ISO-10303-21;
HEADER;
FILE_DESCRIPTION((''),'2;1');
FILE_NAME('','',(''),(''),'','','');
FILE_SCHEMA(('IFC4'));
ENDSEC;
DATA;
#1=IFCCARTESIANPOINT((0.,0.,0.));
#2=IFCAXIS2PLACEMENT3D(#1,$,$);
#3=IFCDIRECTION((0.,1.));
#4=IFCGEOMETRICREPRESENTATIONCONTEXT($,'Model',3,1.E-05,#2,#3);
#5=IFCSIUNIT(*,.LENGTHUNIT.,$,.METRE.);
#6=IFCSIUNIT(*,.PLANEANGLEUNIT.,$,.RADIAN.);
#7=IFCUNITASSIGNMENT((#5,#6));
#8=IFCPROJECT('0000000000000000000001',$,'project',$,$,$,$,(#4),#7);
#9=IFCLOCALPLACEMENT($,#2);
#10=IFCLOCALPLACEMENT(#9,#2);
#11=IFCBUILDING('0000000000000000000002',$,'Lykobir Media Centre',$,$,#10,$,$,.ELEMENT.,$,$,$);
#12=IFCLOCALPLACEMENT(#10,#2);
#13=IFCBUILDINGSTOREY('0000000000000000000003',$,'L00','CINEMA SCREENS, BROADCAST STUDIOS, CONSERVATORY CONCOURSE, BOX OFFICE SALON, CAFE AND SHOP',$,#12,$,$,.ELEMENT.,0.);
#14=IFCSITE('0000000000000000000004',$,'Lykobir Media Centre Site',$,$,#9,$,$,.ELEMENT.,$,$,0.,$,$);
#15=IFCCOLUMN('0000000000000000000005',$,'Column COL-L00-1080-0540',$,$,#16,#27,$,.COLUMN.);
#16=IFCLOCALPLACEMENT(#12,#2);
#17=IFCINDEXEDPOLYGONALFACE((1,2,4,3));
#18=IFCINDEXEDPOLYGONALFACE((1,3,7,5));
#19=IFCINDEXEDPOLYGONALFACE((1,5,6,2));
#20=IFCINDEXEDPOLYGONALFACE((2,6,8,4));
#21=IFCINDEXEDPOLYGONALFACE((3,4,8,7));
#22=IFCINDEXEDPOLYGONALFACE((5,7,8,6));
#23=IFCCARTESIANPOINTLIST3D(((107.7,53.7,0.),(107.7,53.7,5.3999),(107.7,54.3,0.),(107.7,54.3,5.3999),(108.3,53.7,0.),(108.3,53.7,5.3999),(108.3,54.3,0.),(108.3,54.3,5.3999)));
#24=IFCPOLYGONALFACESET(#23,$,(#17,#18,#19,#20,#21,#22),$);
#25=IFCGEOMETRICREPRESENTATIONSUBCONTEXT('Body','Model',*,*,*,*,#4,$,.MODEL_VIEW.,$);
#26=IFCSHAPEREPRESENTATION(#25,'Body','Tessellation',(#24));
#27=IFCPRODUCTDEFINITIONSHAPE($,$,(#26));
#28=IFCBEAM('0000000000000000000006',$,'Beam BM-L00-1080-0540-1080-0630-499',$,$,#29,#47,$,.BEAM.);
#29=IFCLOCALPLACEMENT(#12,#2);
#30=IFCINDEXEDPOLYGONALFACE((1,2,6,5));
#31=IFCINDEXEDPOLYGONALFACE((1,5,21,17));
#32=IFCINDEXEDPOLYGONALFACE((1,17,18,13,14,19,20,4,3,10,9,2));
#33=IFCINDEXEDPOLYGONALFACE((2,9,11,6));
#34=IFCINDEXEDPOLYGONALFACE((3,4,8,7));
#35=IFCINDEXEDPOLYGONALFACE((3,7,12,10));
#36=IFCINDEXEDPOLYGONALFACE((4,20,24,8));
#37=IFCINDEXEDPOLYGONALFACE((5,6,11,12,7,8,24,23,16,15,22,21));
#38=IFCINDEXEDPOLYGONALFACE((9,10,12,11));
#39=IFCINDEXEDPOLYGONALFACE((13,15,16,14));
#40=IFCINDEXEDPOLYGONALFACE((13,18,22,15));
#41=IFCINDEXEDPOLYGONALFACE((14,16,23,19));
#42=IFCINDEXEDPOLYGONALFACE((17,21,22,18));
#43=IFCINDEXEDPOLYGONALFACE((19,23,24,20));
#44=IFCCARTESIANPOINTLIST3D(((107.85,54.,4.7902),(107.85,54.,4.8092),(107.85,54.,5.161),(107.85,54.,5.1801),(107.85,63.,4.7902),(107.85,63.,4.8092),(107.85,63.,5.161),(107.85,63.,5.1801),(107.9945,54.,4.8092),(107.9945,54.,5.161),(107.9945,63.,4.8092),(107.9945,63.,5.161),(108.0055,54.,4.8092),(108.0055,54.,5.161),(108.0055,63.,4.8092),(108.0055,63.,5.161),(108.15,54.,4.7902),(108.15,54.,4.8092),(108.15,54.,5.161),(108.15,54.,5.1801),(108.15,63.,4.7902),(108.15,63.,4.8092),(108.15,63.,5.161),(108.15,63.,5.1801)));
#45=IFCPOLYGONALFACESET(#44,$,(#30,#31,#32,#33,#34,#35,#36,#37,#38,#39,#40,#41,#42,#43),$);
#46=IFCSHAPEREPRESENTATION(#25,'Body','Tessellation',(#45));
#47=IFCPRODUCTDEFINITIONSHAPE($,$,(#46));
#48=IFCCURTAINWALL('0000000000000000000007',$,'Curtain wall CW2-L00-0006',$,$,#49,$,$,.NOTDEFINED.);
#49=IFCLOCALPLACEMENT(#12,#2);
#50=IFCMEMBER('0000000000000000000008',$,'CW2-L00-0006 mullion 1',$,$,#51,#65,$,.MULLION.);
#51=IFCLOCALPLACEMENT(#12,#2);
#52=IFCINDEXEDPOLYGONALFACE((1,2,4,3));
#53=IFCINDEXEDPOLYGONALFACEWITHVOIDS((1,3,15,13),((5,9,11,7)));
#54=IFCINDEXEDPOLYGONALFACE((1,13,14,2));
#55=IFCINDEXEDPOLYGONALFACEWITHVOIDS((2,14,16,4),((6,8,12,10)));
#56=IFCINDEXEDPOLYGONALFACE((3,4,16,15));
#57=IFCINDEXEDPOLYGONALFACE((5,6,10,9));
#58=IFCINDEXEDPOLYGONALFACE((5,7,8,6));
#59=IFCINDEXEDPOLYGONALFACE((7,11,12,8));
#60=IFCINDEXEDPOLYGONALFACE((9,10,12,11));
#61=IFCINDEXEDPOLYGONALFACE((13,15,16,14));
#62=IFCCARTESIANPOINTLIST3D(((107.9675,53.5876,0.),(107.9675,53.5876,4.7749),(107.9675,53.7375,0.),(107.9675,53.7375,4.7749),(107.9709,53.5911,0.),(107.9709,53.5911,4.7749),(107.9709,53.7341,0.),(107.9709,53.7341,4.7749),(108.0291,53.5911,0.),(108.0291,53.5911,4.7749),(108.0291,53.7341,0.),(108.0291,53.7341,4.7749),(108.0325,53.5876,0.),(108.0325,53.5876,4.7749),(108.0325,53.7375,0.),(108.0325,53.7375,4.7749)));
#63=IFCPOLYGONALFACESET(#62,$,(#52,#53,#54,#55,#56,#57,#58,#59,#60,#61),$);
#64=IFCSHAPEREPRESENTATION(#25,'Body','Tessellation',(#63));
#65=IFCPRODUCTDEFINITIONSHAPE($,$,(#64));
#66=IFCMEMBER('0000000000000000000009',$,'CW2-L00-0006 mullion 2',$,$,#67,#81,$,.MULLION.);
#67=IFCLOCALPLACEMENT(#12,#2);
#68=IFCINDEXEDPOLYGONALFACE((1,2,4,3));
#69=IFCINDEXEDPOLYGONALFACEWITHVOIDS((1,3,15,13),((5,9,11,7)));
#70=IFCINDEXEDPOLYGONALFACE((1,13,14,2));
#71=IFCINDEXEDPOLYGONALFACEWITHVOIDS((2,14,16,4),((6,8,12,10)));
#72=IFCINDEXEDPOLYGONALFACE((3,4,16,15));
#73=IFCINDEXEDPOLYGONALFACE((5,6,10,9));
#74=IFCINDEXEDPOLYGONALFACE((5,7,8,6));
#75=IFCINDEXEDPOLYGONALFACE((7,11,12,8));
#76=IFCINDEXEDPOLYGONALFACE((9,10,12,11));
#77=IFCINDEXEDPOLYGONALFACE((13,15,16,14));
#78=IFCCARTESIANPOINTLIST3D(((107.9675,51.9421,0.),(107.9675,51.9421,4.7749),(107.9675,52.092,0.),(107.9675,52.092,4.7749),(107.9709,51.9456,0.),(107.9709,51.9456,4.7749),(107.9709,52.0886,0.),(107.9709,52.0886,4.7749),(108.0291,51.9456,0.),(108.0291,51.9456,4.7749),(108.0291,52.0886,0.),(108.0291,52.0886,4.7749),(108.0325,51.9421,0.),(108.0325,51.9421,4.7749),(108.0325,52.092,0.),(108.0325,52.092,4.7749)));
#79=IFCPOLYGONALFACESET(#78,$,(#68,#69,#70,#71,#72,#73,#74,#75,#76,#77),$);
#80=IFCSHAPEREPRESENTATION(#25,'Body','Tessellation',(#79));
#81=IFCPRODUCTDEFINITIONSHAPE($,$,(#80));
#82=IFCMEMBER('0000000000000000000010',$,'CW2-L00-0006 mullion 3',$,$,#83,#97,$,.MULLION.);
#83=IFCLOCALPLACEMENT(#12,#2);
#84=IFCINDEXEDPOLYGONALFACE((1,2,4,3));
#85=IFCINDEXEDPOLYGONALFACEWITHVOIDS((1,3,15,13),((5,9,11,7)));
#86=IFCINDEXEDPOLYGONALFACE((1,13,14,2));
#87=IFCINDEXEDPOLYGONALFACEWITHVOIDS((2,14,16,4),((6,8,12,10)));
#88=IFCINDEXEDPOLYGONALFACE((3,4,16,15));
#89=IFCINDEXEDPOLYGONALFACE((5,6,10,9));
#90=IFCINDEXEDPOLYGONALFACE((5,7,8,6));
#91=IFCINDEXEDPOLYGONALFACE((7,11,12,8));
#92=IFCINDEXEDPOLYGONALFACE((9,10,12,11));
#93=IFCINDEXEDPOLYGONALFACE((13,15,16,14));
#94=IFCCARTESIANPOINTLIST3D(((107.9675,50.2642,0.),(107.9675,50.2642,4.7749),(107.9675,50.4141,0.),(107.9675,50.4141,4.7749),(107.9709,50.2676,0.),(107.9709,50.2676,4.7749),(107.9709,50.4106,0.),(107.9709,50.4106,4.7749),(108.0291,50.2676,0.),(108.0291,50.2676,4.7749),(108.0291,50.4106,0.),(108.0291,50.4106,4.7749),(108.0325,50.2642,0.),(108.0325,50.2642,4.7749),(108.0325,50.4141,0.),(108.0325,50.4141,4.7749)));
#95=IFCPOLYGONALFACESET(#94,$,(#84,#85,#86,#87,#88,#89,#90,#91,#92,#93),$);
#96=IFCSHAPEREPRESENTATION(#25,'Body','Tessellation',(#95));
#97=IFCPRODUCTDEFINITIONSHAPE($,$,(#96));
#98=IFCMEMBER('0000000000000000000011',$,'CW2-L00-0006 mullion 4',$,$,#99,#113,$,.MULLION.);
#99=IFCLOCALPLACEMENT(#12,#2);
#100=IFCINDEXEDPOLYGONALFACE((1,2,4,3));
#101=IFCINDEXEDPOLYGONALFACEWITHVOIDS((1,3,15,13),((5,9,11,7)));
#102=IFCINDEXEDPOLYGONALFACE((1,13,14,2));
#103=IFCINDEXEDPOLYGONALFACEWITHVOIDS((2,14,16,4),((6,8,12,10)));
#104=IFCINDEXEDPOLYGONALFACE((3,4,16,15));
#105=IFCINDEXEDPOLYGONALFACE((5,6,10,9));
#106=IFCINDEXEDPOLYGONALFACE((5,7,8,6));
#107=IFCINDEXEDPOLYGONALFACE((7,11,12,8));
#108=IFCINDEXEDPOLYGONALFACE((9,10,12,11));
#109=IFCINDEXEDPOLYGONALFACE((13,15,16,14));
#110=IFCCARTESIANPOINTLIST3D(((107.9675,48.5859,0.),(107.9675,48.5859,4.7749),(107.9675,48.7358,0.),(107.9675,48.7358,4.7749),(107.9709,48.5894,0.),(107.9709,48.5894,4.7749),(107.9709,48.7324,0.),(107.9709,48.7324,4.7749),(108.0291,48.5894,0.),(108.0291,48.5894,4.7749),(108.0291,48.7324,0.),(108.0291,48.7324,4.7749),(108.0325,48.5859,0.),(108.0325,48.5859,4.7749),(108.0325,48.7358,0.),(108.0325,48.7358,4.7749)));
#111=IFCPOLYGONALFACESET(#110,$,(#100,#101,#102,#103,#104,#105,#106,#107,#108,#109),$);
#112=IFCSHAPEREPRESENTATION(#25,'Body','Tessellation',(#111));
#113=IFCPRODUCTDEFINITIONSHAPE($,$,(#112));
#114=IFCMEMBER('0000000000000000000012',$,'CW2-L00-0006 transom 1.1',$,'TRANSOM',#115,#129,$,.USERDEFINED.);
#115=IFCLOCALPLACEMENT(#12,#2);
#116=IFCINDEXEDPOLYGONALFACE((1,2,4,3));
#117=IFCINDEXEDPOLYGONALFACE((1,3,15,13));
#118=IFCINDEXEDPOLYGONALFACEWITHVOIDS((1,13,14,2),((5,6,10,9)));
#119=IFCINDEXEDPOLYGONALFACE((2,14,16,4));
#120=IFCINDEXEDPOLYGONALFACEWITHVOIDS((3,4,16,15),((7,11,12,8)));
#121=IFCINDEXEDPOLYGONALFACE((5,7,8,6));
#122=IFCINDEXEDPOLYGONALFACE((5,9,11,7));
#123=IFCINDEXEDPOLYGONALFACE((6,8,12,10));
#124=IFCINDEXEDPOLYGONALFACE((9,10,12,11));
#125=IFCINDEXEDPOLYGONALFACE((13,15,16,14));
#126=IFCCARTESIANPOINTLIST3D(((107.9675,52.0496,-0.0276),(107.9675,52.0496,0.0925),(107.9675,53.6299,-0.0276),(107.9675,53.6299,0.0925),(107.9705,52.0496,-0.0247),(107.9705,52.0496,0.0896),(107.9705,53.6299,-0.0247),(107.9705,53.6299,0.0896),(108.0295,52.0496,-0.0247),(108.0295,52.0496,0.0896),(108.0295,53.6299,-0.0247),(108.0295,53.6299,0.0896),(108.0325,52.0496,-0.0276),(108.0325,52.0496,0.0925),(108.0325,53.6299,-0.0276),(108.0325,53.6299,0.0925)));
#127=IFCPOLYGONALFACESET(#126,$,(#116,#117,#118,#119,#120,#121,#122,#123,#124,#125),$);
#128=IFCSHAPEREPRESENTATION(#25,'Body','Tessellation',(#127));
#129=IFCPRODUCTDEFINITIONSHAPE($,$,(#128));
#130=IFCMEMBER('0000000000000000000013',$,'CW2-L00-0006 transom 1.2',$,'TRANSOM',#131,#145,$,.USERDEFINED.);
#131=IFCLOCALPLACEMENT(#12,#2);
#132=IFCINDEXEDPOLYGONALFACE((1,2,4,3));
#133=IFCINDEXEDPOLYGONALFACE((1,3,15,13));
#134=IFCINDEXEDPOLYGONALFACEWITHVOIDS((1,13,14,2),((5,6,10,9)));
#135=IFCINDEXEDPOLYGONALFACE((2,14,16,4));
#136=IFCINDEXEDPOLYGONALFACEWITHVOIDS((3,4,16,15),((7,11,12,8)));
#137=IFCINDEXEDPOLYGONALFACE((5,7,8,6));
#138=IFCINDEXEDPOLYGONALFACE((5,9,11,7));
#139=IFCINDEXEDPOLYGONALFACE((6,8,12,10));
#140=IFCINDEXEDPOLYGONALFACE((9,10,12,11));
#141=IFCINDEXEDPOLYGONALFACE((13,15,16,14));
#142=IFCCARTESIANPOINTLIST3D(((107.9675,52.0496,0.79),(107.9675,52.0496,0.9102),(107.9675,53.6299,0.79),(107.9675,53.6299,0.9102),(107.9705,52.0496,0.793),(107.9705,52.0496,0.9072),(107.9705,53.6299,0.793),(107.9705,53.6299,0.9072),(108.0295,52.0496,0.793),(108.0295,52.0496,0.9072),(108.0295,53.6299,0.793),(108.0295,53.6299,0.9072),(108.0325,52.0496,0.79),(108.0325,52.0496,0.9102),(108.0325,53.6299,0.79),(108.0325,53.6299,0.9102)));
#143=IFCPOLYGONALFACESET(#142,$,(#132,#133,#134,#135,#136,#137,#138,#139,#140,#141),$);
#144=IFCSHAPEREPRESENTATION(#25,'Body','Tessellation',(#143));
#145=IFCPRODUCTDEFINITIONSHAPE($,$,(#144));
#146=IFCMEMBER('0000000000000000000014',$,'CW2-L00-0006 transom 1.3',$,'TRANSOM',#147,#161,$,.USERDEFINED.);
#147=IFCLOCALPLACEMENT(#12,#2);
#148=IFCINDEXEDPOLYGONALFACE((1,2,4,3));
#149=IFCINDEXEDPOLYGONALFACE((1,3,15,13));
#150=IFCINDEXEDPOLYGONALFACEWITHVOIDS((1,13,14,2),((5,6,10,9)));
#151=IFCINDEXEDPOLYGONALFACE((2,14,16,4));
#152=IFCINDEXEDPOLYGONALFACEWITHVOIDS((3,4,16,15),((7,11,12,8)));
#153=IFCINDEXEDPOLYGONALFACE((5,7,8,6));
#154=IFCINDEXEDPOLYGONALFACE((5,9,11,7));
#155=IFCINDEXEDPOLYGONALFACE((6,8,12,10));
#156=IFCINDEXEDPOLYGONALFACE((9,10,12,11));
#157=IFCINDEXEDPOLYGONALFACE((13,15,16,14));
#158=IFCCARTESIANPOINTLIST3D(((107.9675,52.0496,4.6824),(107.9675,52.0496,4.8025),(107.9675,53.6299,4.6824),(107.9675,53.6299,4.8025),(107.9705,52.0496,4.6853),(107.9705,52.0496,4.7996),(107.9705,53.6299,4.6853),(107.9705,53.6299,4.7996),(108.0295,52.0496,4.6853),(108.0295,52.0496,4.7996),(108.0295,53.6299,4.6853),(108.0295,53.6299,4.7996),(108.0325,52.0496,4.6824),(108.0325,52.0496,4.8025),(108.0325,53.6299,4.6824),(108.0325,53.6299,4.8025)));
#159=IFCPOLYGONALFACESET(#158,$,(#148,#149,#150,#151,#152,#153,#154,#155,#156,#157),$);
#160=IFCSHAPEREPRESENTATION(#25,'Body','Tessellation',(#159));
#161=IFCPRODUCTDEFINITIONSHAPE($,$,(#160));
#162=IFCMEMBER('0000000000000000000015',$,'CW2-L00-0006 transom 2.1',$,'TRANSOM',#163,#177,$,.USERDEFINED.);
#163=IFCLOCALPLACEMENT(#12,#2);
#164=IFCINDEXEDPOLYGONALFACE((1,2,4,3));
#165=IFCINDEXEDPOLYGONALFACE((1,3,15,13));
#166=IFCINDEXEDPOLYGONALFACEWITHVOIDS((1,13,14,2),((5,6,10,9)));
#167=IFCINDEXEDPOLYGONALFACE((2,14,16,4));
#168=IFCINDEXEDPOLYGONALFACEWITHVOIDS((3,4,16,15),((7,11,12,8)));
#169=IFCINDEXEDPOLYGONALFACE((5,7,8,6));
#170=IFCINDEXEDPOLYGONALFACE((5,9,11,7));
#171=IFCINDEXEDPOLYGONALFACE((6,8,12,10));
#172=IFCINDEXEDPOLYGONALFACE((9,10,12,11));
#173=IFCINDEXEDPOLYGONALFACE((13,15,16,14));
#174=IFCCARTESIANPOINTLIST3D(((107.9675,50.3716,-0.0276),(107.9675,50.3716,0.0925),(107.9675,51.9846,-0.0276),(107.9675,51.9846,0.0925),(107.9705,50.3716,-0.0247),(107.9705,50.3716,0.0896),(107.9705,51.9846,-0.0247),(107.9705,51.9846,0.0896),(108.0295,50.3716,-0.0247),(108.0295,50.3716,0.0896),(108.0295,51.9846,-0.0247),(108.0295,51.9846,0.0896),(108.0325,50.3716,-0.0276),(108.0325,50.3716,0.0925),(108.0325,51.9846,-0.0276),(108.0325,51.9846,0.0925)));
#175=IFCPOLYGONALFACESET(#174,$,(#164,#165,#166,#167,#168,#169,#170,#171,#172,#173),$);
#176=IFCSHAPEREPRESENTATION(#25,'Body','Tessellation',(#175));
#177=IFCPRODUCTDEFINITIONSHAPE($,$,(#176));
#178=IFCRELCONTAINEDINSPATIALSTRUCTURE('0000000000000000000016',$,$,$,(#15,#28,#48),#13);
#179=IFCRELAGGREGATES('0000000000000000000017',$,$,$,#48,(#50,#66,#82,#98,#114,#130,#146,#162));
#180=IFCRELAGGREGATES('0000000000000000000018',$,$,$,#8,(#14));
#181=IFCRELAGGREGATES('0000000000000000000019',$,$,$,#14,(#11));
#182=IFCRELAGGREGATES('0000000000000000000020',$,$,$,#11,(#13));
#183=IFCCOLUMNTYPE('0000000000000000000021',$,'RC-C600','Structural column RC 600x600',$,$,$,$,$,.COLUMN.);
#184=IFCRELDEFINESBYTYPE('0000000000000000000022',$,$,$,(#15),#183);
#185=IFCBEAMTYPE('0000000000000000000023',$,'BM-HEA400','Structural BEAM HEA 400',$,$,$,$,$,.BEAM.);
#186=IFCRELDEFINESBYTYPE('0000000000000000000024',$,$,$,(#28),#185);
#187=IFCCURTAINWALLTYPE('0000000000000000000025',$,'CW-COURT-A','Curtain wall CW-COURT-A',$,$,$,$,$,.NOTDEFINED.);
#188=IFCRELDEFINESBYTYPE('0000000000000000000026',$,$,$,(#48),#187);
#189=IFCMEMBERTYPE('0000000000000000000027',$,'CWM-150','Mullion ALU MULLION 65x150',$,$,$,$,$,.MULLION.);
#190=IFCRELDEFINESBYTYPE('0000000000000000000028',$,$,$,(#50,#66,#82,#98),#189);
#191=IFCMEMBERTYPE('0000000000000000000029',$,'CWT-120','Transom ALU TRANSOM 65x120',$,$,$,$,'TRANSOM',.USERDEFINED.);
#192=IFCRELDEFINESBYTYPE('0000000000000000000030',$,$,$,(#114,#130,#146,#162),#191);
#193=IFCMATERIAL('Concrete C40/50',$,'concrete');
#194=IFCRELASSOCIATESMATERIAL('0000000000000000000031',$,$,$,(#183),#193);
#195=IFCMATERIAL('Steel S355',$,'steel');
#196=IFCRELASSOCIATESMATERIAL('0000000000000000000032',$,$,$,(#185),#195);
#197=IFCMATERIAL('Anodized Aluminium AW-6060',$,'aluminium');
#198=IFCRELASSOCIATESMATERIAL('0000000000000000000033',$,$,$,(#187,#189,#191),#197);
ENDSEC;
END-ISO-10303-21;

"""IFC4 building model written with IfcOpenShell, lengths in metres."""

from ifc_helpers import new_model, si_unit, direction, frame, origin, origin_2d, place, context, subcontext, project, spatial, rectangle, hollow_rectangle, i_section, extrude, material, material_profile, profile_set, type_object, element, aggregate, save


model = new_model("IFC4")

# Units and contexts
model_context = context("Model", 3, precision=1e-05, world=origin(), true_north=direction((0.0, 1.0)))
body_context = subcontext(model_context, "Body", "Model", "MODEL_VIEW")
ifc_project = project(units=[si_unit("LENGTHUNIT", "METRE"), si_unit("PLANEANGLEUNIT", "RADIAN")], contexts=[model_context])

# Site, building, storey
site_placement = place(None, origin())
site = spatial("IfcSite", under=ifc_project, at=site_placement, Name="Lykobir Media Centre Site", CompositionType="ELEMENT", RefElevation=0.0)
building_placement = place(site_placement, origin())
building = spatial("IfcBuilding", under=site, at=building_placement, Name="Lykobir Media Centre", CompositionType="ELEMENT")
storey_placement = place(building_placement, origin())
storey = spatial("IfcBuildingStorey", under=building, at=storey_placement, Name="L00", Description="CINEMA SCREENS, BROADCAST STUDIOS, CONSERVATORY CONCOURSE, BOX OFFICE SALON, CAFE AND SHOP", CompositionType="ELEMENT", Elevation=0.0)

# Column
ifc_material_1 = material(Name="Concrete C40/50", Category="concrete")
ifc_material_profile_1 = material_profile(ifc_material_1, rectangle(XDim=0.6001, YDim=0.6001, at=origin_2d()), Name="RC 600x600")
ifc_profile_set_1 = profile_set([ifc_material_profile_1], Name="Concrete C40/50")
column_type = type_object("IfcColumnType", Name="RC-C600", Description="Structural column RC 600x600", PredefinedType="COLUMN", material=ifc_profile_set_1)
column_placement = place(storey_placement, frame((108.0, 54.0, 0.0), z_axis=(0.0, 0.0, 1.0), x_axis=(1.0, 0.0, 0.0)))
element("IfcColumn", 1, at=column_placement, inside=storey, type_object=column_type, Name="Column COL-L00-1080-0540", PredefinedType="COLUMN", context=body_context, shape_type="SweptSolid", body=[
    extrude(rectangle(XDim=0.6001, YDim=0.6001, at=origin_2d()), origin(), (0.0, 0.0, 1.0), 5.3999),
])

# Beam
ifc_material_2 = material(Name="Steel S355", Category="steel")
ifc_material_profile_2 = material_profile(ifc_material_2, i_section(OverallWidth=0.3, OverallDepth=0.3899, WebThickness=0.011, FlangeThickness=0.019, at=origin_2d()), Name="HEA 400")
ifc_profile_set_2 = profile_set([ifc_material_profile_2], Name="Steel S355")
beam_type = type_object("IfcBeamType", Name="BM-HEA400", Description="Structural BEAM HEA 400", PredefinedType="BEAM", material=ifc_profile_set_2)
beam_placement = place(storey_placement, frame((108.0, 54.0, 4.9851), z_axis=(0.0, 1.0, 0.0), x_axis=(-1.0, 0.0, 0.0)))
element("IfcBeam", 2, at=beam_placement, inside=storey, type_object=beam_type, Name="Beam BM-L00-1080-0540-1080-0630-499", PredefinedType="BEAM", context=body_context, shape_type="SweptSolid", body=[
    extrude(i_section(OverallWidth=0.3, OverallDepth=0.3899, WebThickness=0.011, FlangeThickness=0.019, at=origin_2d()), origin(), (0.0, 0.0, 1.0), 9.0),
])

# Curtain wall, members
ifc_material_3 = material(Name="Anodized Aluminium AW-6060", Category="aluminium")
curtain_wall_type = type_object("IfcCurtainWallType", Name="CW-COURT-A", Description="Curtain wall CW-COURT-A", PredefinedType="NOTDEFINED", material=ifc_material_3)
curtain_wall_placement = place(storey_placement, origin())
curtain_wall = element("IfcCurtainWall", 3, at=curtain_wall_placement, inside=storey, type_object=curtain_wall_type, Name="Curtain wall CW2-L00-0006", PredefinedType="NOTDEFINED")
ifc_material_profile_3 = material_profile(ifc_material_3, hollow_rectangle(XDim=0.0649, YDim=0.1499, WallThickness=0.0034, at=origin_2d()), Name="ALU MULLION 65x150")
ifc_profile_set_3 = profile_set([ifc_material_profile_3], Name="Anodized Aluminium AW-6060")
member_type_1 = type_object("IfcMemberType", Name="CWM-150", Description="Mullion ALU MULLION 65x150", PredefinedType="MULLION", material=ifc_profile_set_3)
member_1_placement = place(storey_placement, frame((108.0, 53.6626, 0.0), z_axis=(0.0, 0.0, 1.0), x_axis=(1.0, 0.0, 0.0)))
member_1 = element("IfcMember", 4, at=member_1_placement, type_object=member_type_1, Name="CW2-L00-0006 mullion 1", PredefinedType="MULLION", context=body_context, shape_type="SweptSolid", body=[
    extrude(hollow_rectangle(XDim=0.0649, YDim=0.1499, WallThickness=0.0034, at=origin_2d()), origin(), (0.0, 0.0, 1.0), 4.7749),
])
member_2_placement = place(storey_placement, frame((108.0, 52.0171, 0.0), z_axis=(0.0, 0.0, 1.0), x_axis=(1.0, 0.0, 0.0)))
member_2 = element("IfcMember", 5, at=member_2_placement, type_object=member_type_1, Name="CW2-L00-0006 mullion 2", PredefinedType="MULLION", context=body_context, shape_type="SweptSolid", body=[
    extrude(hollow_rectangle(XDim=0.0649, YDim=0.1499, WallThickness=0.0034, at=origin_2d()), origin(), (0.0, 0.0, 1.0), 4.7749),
])
member_3_placement = place(storey_placement, frame((108.0, 50.3391, 0.0), z_axis=(0.0, 0.0, 1.0), x_axis=(1.0, 0.0, 0.0)))
member_3 = element("IfcMember", 6, at=member_3_placement, type_object=member_type_1, Name="CW2-L00-0006 mullion 3", PredefinedType="MULLION", context=body_context, shape_type="SweptSolid", body=[
    extrude(hollow_rectangle(XDim=0.0649, YDim=0.1499, WallThickness=0.0034, at=origin_2d()), origin(), (0.0, 0.0, 1.0), 4.7749),
])
member_4_placement = place(storey_placement, frame((108.0, 48.6609, 0.0), z_axis=(0.0, 0.0, 1.0), x_axis=(1.0, 0.0, 0.0)))
member_4 = element("IfcMember", 7, at=member_4_placement, type_object=member_type_1, Name="CW2-L00-0006 mullion 4", PredefinedType="MULLION", context=body_context, shape_type="SweptSolid", body=[
    extrude(hollow_rectangle(XDim=0.0649, YDim=0.1499, WallThickness=0.0034, at=origin_2d()), origin(), (0.0, 0.0, 1.0), 4.7749),
])
ifc_material_profile_4 = material_profile(ifc_material_3, hollow_rectangle(XDim=0.0649, YDim=0.1201, WallThickness=0.0029, at=origin_2d()), Name="ALU TRANSOM 65x120")
ifc_profile_set_4 = profile_set([ifc_material_profile_4], Name="Anodized Aluminium AW-6060")
member_type_2 = type_object("IfcMemberType", Name="CWT-120", Description="Transom ALU TRANSOM 65x120", ElementType="TRANSOM", PredefinedType="USERDEFINED", material=ifc_profile_set_4)
member_5_placement = place(storey_placement, frame((108.0, 53.6299, 0.0325), z_axis=(0.0, -1.0, 0.0), x_axis=(1.0, 0.0, 0.0)))
member_5 = element("IfcMember", 8, at=member_5_placement, type_object=member_type_2, Name="CW2-L00-0006 transom 1.1", ObjectType="TRANSOM", PredefinedType="USERDEFINED", context=body_context, shape_type="SweptSolid", body=[
    extrude(hollow_rectangle(XDim=0.0649, YDim=0.1201, WallThickness=0.0029, at=origin_2d()), origin(), (0.0, 0.0, 1.0), 1.5803),
])
member_6_placement = place(storey_placement, frame((108.0, 53.6299, 0.8501), z_axis=(0.0, -1.0, 0.0), x_axis=(1.0, 0.0, 0.0)))
member_6 = element("IfcMember", 9, at=member_6_placement, type_object=member_type_2, Name="CW2-L00-0006 transom 1.2", ObjectType="TRANSOM", PredefinedType="USERDEFINED", context=body_context, shape_type="SweptSolid", body=[
    extrude(hollow_rectangle(XDim=0.0649, YDim=0.1201, WallThickness=0.0029, at=origin_2d()), origin(), (0.0, 0.0, 1.0), 1.5803),
])
member_7_placement = place(storey_placement, frame((108.0, 53.6299, 4.7424), z_axis=(0.0, -1.0, 0.0), x_axis=(1.0, 0.0, 0.0)))
member_7 = element("IfcMember", 10, at=member_7_placement, type_object=member_type_2, Name="CW2-L00-0006 transom 1.3", ObjectType="TRANSOM", PredefinedType="USERDEFINED", context=body_context, shape_type="SweptSolid", body=[
    extrude(hollow_rectangle(XDim=0.0649, YDim=0.1201, WallThickness=0.0029, at=origin_2d()), origin(), (0.0, 0.0, 1.0), 1.5803),
])
member_8_placement = place(storey_placement, frame((108.0, 51.9846, 0.0325), z_axis=(0.0, -1.0, 0.0), x_axis=(1.0, 0.0, 0.0)))
member_8 = element("IfcMember", 11, at=member_8_placement, type_object=member_type_2, Name="CW2-L00-0006 transom 2.1", ObjectType="TRANSOM", PredefinedType="USERDEFINED", context=body_context, shape_type="SweptSolid", body=[
    extrude(hollow_rectangle(XDim=0.0649, YDim=0.1201, WallThickness=0.0029, at=origin_2d()), origin(), (0.0, 0.0, 1.0), 1.613),
])
aggregate(curtain_wall, [member_1, member_2, member_3, member_4, member_5, member_6, member_7, member_8])

save(model, "model.ifc")
